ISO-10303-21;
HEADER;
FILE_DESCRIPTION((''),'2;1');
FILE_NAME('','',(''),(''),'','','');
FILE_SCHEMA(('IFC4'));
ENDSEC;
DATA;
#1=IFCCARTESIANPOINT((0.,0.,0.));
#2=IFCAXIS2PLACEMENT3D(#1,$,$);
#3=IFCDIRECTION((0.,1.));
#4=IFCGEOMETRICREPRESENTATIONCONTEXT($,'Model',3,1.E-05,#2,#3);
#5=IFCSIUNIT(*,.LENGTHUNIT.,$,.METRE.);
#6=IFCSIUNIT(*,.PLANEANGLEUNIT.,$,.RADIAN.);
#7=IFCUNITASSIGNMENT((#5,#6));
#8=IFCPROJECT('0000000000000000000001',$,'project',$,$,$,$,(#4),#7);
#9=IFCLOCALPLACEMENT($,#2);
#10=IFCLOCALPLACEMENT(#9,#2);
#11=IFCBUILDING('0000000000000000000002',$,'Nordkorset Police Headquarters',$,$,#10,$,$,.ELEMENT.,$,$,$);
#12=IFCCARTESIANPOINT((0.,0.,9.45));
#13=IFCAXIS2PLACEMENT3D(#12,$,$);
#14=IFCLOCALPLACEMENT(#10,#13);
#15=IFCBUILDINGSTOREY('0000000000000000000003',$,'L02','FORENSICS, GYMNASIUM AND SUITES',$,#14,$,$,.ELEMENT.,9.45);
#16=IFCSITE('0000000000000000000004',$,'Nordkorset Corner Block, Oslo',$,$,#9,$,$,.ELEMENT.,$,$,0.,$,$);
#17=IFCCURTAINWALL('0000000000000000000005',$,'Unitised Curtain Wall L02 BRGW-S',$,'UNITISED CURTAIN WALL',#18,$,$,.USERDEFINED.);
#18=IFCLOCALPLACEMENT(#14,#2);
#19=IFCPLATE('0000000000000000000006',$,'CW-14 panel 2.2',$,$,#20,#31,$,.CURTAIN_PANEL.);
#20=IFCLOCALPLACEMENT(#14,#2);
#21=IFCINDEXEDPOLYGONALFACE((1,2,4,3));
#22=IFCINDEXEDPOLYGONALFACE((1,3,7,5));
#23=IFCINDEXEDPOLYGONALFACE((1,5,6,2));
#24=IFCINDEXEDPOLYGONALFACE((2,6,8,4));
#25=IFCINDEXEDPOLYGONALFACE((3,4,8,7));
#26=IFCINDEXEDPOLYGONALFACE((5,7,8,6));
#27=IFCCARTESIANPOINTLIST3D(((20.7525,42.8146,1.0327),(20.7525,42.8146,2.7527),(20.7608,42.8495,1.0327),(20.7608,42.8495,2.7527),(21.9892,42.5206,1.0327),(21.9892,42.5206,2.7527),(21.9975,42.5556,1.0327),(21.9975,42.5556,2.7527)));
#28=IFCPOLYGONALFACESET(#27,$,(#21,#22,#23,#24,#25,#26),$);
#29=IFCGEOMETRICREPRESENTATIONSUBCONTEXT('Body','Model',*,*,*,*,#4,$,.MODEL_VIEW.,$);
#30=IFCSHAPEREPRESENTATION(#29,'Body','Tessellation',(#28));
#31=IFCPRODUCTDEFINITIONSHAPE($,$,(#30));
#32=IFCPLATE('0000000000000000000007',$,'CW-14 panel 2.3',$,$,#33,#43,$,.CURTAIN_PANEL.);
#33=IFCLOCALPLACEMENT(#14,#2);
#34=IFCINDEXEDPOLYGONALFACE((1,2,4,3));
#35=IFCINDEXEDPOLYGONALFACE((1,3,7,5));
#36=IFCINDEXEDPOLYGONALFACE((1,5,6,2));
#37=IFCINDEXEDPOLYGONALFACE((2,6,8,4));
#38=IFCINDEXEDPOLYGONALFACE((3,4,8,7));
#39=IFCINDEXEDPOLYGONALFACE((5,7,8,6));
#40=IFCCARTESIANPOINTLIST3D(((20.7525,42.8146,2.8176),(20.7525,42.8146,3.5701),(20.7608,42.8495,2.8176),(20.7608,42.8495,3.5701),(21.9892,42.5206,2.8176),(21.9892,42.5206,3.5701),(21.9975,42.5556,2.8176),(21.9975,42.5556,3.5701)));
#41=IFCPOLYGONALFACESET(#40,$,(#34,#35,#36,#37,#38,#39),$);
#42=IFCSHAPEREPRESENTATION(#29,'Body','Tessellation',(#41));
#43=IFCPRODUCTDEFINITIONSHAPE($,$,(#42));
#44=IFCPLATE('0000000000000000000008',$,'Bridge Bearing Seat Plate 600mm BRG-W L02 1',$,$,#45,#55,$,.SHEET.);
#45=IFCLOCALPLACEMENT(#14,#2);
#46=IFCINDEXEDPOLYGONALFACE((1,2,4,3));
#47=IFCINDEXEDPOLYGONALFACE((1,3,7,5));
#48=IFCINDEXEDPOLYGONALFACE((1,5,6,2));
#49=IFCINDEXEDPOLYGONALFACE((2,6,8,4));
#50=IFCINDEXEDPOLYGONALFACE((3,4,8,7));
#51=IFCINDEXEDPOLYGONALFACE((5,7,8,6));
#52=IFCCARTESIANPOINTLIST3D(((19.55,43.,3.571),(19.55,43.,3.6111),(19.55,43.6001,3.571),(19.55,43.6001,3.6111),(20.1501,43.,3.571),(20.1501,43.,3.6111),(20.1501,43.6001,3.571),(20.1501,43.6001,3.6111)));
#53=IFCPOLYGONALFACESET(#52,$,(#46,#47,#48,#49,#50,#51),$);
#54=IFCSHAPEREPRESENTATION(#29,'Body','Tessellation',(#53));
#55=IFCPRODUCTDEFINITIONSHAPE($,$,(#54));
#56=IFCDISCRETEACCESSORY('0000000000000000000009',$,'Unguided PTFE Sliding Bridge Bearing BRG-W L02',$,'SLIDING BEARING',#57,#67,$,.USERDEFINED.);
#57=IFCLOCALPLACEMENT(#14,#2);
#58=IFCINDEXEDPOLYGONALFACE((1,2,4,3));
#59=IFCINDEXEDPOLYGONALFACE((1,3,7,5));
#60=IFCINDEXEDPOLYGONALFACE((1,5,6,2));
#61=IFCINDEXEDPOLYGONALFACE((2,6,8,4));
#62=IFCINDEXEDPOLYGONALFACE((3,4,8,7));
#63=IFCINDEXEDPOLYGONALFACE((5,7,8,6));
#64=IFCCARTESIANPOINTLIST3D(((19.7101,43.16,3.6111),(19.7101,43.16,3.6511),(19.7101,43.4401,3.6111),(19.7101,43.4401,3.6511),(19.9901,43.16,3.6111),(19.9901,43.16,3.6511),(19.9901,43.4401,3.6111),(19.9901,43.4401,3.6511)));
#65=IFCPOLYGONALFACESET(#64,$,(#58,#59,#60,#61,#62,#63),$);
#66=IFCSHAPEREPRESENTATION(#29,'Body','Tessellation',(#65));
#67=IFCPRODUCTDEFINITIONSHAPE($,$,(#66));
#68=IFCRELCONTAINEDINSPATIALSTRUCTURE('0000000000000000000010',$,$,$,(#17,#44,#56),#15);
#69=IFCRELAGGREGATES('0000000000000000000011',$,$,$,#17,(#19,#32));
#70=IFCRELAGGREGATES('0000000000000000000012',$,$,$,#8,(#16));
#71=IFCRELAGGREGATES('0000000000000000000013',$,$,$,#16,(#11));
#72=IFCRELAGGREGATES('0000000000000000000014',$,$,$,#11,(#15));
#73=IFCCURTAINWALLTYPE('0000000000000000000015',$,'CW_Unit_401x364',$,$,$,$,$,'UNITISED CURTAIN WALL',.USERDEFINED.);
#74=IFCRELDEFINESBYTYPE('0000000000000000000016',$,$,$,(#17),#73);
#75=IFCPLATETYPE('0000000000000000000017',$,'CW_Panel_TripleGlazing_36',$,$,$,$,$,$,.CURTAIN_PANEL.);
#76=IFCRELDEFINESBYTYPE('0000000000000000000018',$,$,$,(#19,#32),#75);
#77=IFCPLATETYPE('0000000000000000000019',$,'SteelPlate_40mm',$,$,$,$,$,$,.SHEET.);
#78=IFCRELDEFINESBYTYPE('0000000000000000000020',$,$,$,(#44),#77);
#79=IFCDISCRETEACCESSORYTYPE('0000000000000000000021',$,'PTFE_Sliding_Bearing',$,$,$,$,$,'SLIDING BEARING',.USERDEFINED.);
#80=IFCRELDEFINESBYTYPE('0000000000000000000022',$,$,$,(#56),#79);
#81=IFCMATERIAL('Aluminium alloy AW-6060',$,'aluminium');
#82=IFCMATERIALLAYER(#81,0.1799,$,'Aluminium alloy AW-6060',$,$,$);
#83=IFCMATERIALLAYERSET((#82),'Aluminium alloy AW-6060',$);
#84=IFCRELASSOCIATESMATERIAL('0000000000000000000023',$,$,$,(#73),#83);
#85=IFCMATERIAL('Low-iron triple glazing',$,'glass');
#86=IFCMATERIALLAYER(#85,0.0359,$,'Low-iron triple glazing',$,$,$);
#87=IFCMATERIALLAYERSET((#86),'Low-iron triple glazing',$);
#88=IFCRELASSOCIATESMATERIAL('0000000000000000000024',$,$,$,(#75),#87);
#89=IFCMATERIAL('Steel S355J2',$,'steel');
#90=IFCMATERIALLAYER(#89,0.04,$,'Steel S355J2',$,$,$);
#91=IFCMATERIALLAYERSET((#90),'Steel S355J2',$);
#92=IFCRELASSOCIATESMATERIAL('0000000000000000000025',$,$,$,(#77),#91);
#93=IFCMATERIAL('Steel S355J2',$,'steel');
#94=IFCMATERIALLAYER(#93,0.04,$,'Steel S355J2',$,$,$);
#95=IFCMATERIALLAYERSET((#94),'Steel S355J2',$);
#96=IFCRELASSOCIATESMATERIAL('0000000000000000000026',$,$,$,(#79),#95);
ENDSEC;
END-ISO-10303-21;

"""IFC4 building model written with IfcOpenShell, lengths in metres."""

from ifc_helpers import new_model, si_unit, direction, frame, origin, origin_2d, place, context, subcontext, project, spatial, rectangle, extrude, material, layer, layer_set, type_object, element, aggregate, save


model = new_model("IFC4")

# Units and contexts
model_context = context("Model", 3, precision=1e-05, world=origin(), true_north=direction((0.0, 1.0)))
body_context = subcontext(model_context, "Body", "Model", "MODEL_VIEW")
ifc_project = project(units=[si_unit("LENGTHUNIT", "METRE"), si_unit("PLANEANGLEUNIT", "RADIAN")], contexts=[model_context])

# Site, building, storey
site_placement = place(None, origin())
site = spatial("IfcSite", under=ifc_project, at=site_placement, Name="Nordkorset Corner Block, Oslo", CompositionType="ELEMENT", RefElevation=0.0)
building_placement = place(site_placement, origin())
building = spatial("IfcBuilding", under=site, at=building_placement, Name="Nordkorset Police Headquarters", CompositionType="ELEMENT")
storey_placement = place(building_placement, frame((0.0, 0.0, 9.45)))
storey = spatial("IfcBuildingStorey", under=building, at=storey_placement, Name="L02", Description="FORENSICS, GYMNASIUM AND SUITES", CompositionType="ELEMENT", Elevation=9.45)

# Curtain wall
ifc_material_1 = material(Name="Aluminium alloy AW-6060", Category="aluminium")
ifc_layer_1 = layer(ifc_material_1, 0.1799, Name="Aluminium alloy AW-6060")
ifc_layer_set_1 = layer_set([ifc_layer_1], Name="Aluminium alloy AW-6060")
curtain_wall_type = type_object("IfcCurtainWallType", Name="CW_Unit_401x364", ElementType="UNITISED CURTAIN WALL", PredefinedType="USERDEFINED", material=ifc_layer_set_1)
curtain_wall_placement = place(storey_placement, origin())
curtain_wall = element("IfcCurtainWall", 1, at=curtain_wall_placement, inside=storey, type_object=curtain_wall_type, Name="Unitised Curtain Wall L02 BRGW-S", ObjectType="UNITISED CURTAIN WALL", PredefinedType="USERDEFINED")

# Plates
ifc_material_2 = material(Name="Low-iron triple glazing", Category="glass")
ifc_layer_2 = layer(ifc_material_2, 0.0359, Name="Low-iron triple glazing")
ifc_layer_set_2 = layer_set([ifc_layer_2], Name="Low-iron triple glazing")
plate_type_1 = type_object("IfcPlateType", Name="CW_Panel_TripleGlazing_36", PredefinedType="CURTAIN_PANEL", material=ifc_layer_set_2)
plate_1_placement = place(storey_placement, frame((21.375, 42.6851, 1.0327), z_axis=(0.0, 0.0, 1.0), x_axis=(0.972905, -0.231206, 0.0)))
plate_1 = element("IfcPlate", 2, at=plate_1_placement, type_object=plate_type_1, Name="CW-14 panel 2.2", PredefinedType="CURTAIN_PANEL", context=body_context, shape_type="SweptSolid", body=[
    extrude(rectangle(XDim=1.2712, YDim=0.0359, at=origin_2d()), origin(), (0.0, 0.0, 1.0), 1.72),
])
plate_2_placement = place(storey_placement, frame((21.375, 42.6851, 2.8176), z_axis=(0.0, 0.0, 1.0), x_axis=(0.972905, -0.231206, 0.0)))
plate_2 = element("IfcPlate", 3, at=plate_2_placement, type_object=plate_type_1, Name="CW-14 panel 2.3", PredefinedType="CURTAIN_PANEL", context=body_context, shape_type="SweptSolid", body=[
    extrude(rectangle(XDim=1.2712, YDim=0.0359, at=origin_2d()), origin(), (0.0, 0.0, 1.0), 0.7524),
])
aggregate(curtain_wall, [plate_1, plate_2])
ifc_material_3 = material(Name="Steel S355J2", Category="steel")
ifc_layer_3 = layer(ifc_material_3, 0.04, Name="Steel S355J2")
ifc_layer_set_3 = layer_set([ifc_layer_3], Name="Steel S355J2")
plate_type_2 = type_object("IfcPlateType", Name="SteelPlate_40mm", PredefinedType="SHEET", material=ifc_layer_set_3)
plate_3_placement = place(storey_placement, frame((19.8501, 43.3, 3.571), z_axis=(0.0, 0.0, 1.0), x_axis=(1.0, 0.0, 0.0)))
element("IfcPlate", 4, at=plate_3_placement, inside=storey, type_object=plate_type_2, Name="Bridge Bearing Seat Plate 600mm BRG-W L02 1", PredefinedType="SHEET", context=body_context, shape_type="SweptSolid", body=[
    extrude(rectangle(XDim=0.6001, YDim=0.6001, at=origin_2d()), origin(), (0.0, 0.0, 1.0), 0.04),
])

# Discrete accessory
ifc_material_4 = material(Name="Steel S355J2", Category="steel")
ifc_layer_4 = layer(ifc_material_4, 0.04, Name="Steel S355J2")
ifc_layer_set_4 = layer_set([ifc_layer_4], Name="Steel S355J2")
discrete_accessory_type = type_object("IfcDiscreteAccessoryType", Name="PTFE_Sliding_Bearing", ElementType="SLIDING BEARING", PredefinedType="USERDEFINED", material=ifc_layer_set_4)
discrete_accessory_placement = place(storey_placement, frame((19.8501, 43.3, 3.6111), z_axis=(0.0, 0.0, 1.0), x_axis=(1.0, 0.0, 0.0)))
element("IfcDiscreteAccessory", 5, at=discrete_accessory_placement, inside=storey, type_object=discrete_accessory_type, Name="Unguided PTFE Sliding Bridge Bearing BRG-W L02", ObjectType="SLIDING BEARING", PredefinedType="USERDEFINED", context=body_context, shape_type="SweptSolid", body=[
    extrude(rectangle(XDim=0.28, YDim=0.28, at=origin_2d()), origin(), (0.0, 0.0, 1.0), 0.04),
])

save(model, "model.ifc")
